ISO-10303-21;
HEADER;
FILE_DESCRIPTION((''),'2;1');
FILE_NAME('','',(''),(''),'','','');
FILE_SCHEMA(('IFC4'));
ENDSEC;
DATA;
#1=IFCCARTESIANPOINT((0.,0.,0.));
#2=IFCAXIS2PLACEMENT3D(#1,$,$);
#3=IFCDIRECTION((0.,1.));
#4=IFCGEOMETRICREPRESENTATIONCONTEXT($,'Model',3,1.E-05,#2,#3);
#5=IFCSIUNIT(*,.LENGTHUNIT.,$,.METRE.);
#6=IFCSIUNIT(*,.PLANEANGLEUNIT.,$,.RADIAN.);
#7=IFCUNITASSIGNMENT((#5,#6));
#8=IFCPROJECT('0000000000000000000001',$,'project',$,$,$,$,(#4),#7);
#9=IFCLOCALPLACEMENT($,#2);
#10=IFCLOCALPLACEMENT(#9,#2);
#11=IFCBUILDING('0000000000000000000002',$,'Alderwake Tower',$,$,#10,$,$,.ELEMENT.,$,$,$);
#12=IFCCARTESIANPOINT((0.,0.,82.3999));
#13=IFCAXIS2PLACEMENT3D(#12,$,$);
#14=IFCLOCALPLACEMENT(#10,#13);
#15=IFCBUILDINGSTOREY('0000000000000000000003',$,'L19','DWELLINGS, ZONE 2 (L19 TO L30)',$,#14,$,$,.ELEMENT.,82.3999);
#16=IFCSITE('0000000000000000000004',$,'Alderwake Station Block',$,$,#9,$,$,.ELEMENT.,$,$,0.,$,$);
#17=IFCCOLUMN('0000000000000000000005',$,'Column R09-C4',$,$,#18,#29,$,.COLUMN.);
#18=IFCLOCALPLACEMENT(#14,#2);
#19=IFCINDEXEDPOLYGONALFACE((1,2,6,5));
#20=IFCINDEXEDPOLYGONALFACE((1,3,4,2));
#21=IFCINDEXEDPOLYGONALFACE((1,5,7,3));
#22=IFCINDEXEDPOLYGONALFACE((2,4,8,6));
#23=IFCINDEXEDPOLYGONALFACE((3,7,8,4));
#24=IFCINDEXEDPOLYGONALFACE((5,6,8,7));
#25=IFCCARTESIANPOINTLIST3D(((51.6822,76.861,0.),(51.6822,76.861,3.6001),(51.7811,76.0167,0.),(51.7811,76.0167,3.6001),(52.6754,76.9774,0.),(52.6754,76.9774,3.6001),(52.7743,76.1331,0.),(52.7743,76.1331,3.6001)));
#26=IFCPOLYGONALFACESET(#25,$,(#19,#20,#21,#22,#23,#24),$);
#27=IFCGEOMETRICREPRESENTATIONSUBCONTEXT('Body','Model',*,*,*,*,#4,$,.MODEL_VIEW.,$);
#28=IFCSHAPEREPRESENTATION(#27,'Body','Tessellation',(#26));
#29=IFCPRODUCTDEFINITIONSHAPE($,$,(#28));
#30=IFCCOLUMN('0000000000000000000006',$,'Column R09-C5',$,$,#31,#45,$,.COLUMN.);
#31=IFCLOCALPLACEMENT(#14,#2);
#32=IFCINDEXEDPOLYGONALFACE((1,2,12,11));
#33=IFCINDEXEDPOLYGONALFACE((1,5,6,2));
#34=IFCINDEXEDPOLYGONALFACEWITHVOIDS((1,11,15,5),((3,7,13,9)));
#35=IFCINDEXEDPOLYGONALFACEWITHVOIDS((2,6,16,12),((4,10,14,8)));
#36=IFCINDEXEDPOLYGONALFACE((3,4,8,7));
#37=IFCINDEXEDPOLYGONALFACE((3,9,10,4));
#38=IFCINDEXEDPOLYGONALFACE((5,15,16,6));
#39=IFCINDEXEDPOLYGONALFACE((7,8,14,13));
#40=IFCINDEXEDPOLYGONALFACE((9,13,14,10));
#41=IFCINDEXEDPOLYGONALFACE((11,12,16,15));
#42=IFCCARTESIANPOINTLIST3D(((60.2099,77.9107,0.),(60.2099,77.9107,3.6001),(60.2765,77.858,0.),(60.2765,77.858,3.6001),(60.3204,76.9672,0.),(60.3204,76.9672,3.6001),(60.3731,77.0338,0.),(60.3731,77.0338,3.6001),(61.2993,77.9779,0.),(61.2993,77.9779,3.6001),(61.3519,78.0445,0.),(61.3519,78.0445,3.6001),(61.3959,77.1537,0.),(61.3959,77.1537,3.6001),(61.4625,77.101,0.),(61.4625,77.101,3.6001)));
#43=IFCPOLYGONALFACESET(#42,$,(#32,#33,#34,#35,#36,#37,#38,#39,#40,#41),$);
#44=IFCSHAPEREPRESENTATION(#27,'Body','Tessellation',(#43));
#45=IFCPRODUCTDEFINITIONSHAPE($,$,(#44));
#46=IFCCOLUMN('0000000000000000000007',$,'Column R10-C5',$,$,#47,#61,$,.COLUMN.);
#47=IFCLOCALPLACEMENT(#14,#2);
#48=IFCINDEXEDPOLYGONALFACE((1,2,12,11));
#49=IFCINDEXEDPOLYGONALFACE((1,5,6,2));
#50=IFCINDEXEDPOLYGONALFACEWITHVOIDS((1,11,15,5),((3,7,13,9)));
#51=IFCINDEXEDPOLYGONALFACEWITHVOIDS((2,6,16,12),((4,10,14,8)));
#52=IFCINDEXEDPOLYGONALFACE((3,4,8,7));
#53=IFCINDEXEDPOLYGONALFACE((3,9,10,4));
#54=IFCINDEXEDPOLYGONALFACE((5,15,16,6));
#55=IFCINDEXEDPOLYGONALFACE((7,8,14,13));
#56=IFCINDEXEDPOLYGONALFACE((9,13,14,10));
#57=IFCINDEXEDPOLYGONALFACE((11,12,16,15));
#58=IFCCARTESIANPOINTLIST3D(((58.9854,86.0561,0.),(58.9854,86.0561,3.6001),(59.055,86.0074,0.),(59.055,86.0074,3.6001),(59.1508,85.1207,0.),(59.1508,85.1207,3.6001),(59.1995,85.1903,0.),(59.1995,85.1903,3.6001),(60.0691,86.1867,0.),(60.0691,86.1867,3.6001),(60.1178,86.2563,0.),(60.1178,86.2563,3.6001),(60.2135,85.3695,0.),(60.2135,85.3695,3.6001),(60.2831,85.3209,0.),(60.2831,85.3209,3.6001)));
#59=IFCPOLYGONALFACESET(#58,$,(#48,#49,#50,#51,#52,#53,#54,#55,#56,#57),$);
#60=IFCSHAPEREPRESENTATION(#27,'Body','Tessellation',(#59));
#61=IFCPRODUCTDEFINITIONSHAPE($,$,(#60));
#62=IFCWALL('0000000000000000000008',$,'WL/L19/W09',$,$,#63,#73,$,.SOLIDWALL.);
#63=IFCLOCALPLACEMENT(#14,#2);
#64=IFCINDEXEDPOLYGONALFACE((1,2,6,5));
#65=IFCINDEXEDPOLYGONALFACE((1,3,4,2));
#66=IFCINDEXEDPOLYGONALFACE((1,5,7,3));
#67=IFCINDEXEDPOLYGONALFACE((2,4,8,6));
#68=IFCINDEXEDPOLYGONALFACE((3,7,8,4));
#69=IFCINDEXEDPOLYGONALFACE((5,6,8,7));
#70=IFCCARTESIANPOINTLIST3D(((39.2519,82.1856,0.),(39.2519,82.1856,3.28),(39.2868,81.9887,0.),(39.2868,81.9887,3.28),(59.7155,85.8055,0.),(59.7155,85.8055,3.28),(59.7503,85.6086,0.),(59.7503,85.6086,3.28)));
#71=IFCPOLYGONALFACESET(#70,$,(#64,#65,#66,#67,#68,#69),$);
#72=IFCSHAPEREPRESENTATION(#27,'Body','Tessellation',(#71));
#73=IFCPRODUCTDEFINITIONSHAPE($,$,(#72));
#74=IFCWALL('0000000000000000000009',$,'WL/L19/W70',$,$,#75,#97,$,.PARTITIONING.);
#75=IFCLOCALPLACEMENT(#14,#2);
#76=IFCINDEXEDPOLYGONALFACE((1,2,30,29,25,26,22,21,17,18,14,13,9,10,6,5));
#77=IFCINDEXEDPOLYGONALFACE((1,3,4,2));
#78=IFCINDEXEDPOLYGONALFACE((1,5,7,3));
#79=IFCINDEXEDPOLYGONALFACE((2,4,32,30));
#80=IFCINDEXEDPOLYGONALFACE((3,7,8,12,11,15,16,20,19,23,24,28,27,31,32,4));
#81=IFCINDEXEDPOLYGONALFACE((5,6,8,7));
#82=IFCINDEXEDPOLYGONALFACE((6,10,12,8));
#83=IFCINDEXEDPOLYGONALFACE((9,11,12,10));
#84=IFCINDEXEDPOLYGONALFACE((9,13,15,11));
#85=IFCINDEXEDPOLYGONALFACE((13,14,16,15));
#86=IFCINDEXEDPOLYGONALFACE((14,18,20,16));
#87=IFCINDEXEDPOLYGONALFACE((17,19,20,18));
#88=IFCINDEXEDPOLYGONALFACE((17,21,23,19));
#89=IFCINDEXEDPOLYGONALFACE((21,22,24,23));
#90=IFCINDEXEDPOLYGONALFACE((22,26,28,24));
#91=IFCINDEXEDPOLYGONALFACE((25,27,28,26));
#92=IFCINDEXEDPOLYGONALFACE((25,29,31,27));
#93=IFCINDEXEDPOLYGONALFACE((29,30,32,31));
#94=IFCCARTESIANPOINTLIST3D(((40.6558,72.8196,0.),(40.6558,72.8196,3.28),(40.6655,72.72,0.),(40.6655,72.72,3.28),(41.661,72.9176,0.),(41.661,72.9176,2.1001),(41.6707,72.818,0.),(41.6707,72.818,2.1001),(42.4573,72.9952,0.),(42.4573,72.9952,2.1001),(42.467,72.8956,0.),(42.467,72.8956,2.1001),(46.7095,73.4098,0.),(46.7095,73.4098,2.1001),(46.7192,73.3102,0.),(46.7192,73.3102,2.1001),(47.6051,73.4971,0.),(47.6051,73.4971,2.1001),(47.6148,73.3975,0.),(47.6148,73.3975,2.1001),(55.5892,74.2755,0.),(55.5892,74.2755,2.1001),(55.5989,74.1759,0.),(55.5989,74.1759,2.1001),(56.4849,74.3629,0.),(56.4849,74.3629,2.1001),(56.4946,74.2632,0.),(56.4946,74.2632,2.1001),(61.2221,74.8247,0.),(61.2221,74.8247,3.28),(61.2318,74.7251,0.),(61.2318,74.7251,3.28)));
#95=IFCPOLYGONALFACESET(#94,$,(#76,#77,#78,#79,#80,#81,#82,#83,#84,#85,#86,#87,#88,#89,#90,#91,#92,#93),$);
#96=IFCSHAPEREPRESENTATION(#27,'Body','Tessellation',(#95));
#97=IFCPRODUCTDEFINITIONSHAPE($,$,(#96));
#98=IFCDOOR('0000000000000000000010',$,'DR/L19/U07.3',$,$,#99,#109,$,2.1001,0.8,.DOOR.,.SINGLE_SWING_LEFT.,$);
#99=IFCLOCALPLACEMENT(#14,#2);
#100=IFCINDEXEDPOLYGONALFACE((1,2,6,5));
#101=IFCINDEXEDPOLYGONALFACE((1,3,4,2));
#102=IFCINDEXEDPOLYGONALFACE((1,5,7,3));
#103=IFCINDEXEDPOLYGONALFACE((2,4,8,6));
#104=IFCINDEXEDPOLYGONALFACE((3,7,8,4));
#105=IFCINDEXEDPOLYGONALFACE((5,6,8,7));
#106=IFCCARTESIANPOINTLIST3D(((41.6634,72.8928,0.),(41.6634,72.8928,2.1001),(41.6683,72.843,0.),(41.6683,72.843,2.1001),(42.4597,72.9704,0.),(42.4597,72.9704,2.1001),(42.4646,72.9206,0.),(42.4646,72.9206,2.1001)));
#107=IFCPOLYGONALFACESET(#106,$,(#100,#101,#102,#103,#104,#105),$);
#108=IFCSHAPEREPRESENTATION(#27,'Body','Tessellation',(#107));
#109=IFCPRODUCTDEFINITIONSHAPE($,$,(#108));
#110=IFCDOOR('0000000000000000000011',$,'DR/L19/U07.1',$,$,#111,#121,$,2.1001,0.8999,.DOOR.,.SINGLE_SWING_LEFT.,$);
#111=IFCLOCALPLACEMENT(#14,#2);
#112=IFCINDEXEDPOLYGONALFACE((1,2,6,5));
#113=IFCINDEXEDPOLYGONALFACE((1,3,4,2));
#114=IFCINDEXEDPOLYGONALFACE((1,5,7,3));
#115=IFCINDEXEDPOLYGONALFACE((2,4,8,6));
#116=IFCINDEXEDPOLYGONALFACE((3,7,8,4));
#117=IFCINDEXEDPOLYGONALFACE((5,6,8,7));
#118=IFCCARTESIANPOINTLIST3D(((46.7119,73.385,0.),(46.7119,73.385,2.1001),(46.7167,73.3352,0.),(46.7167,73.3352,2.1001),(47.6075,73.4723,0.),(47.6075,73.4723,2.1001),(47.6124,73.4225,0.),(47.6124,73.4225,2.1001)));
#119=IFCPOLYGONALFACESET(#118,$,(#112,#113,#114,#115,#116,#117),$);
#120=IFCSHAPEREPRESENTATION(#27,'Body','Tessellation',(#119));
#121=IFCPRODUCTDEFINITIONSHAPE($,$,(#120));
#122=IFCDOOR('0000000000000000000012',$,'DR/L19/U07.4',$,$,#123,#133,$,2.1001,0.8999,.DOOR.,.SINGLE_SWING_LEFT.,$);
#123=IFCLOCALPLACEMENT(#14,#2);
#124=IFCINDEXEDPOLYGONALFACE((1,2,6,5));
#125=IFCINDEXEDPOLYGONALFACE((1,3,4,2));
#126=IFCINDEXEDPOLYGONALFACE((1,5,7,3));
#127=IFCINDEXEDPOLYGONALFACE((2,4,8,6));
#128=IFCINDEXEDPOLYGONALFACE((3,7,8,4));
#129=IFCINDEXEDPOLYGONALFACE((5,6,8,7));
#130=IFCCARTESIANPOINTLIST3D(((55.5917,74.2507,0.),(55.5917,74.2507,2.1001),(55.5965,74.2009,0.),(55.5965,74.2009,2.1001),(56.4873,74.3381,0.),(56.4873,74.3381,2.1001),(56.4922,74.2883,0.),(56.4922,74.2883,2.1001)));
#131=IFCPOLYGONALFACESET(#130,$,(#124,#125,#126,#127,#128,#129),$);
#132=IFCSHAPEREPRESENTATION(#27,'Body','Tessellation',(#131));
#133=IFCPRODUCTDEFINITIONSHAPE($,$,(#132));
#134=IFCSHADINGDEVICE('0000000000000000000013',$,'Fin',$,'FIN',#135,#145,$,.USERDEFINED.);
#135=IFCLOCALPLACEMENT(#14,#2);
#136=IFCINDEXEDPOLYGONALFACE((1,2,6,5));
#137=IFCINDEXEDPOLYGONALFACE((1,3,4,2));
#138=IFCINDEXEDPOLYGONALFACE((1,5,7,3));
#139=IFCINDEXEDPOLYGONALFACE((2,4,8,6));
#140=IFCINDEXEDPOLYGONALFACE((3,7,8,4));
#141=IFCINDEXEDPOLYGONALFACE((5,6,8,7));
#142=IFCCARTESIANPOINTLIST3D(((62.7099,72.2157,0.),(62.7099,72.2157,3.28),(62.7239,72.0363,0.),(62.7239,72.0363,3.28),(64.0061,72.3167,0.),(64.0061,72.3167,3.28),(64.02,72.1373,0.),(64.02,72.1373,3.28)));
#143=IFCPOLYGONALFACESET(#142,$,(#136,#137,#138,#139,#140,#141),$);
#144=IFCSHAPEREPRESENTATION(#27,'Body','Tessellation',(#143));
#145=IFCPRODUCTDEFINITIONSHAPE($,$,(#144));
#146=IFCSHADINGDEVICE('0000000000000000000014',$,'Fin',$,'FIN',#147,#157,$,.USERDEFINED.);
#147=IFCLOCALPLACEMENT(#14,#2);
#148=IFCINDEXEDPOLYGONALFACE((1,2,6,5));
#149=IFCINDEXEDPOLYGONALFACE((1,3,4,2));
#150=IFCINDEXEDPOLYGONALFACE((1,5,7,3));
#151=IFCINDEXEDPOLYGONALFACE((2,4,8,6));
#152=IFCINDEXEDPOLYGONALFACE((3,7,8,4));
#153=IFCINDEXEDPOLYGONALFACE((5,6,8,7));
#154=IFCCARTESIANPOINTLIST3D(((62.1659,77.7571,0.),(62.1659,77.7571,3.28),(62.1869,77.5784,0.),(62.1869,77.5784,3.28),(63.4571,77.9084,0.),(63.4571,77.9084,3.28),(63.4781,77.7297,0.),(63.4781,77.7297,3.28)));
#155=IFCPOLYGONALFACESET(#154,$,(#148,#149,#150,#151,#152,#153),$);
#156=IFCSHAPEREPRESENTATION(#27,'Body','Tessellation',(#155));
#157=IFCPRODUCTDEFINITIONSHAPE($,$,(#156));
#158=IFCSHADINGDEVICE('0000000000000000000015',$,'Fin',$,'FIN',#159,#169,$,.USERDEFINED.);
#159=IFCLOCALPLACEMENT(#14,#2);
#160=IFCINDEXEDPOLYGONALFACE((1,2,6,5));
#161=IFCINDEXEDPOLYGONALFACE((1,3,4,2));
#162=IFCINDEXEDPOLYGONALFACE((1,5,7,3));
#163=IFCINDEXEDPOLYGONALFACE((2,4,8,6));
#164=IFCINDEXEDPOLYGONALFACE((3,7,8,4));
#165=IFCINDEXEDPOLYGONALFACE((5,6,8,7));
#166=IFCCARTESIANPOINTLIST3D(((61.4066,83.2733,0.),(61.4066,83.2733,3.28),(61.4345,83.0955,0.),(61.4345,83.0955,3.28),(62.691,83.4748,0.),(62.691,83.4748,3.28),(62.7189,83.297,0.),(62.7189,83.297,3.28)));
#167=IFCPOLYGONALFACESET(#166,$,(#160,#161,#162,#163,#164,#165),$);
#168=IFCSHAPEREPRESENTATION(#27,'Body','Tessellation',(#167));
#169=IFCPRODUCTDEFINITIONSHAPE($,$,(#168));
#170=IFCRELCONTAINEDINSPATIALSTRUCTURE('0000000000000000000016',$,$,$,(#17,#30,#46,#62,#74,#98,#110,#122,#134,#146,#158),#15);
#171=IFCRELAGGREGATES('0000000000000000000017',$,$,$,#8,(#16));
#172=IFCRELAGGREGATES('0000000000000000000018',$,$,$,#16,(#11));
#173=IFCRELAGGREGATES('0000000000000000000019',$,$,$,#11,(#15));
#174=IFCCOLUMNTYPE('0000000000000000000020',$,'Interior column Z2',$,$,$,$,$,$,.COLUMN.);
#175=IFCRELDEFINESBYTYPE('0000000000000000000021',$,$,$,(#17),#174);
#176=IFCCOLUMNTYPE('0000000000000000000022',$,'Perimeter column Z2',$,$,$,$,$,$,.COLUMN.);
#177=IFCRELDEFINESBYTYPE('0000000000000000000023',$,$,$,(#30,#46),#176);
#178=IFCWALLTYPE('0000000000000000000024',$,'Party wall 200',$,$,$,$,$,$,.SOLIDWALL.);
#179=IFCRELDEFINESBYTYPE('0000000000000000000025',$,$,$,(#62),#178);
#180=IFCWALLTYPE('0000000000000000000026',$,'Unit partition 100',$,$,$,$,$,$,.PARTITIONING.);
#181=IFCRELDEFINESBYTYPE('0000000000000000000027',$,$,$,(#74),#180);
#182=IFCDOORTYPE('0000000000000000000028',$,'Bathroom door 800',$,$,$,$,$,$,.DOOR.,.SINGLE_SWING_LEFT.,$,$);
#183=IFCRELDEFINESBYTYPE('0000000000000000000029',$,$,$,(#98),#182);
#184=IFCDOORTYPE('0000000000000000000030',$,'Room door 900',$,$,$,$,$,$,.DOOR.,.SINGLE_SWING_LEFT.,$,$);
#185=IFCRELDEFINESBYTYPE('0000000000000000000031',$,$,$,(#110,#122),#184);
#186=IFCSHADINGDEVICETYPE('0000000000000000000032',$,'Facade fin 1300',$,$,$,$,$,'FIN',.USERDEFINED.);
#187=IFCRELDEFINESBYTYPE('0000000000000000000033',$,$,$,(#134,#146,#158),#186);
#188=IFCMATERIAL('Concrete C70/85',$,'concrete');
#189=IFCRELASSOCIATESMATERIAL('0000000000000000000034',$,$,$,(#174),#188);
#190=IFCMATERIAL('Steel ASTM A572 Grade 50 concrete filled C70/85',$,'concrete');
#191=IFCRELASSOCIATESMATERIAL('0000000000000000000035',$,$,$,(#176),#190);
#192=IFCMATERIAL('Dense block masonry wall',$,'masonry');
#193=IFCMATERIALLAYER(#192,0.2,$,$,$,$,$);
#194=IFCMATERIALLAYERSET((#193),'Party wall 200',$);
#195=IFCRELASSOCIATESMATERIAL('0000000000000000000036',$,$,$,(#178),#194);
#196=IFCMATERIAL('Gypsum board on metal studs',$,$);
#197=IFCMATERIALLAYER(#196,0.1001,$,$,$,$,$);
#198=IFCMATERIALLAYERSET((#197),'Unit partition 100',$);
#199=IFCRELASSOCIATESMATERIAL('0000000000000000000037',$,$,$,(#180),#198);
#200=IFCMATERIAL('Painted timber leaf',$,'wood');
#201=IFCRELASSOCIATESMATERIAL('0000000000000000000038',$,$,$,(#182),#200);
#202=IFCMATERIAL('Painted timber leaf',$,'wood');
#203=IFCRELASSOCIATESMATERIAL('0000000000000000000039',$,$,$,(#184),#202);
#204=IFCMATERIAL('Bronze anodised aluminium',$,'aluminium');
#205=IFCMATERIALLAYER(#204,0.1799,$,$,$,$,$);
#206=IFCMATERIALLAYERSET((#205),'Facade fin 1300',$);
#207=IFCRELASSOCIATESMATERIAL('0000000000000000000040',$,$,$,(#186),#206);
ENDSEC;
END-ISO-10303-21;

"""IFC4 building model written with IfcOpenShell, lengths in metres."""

from ifc_helpers import new_model, si_unit, direction, frame, frame_2d, origin, origin_2d, place, context, subcontext, project, spatial, rectangle, hollow_rectangle, extrude, material, layer, layer_set, material_profile, profile_set, type_object, element, fill, save


model = new_model("IFC4")

# Units and contexts
model_context = context("Model", 3, precision=1e-05, world=origin(), true_north=direction((0.0, 1.0)))
body_context = subcontext(model_context, "Body", "Model", "MODEL_VIEW")
ifc_project = project(units=[si_unit("LENGTHUNIT", "METRE"), si_unit("PLANEANGLEUNIT", "RADIAN")], contexts=[model_context])

# Site, building, storey
site_placement = place(None, origin())
site = spatial("IfcSite", under=ifc_project, at=site_placement, Name="Alderwake Station Block", CompositionType="ELEMENT", RefElevation=0.0)
building_placement = place(site_placement, origin())
building = spatial("IfcBuilding", under=site, at=building_placement, Name="Alderwake Tower", CompositionType="ELEMENT")
storey_placement = place(building_placement, frame((0.0, 0.0, 82.3999)))
storey = spatial("IfcBuildingStorey", under=building, at=storey_placement, Name="L19", Description="DWELLINGS, ZONE 2 (L19 TO L30)", CompositionType="ELEMENT", Elevation=82.3999)

# Columns
ifc_material_1 = material(Name="Concrete C70/85", Category="concrete")
ifc_material_profile_1 = material_profile(ifc_material_1, rectangle(XDim=0.8501, YDim=1.0, at=origin_2d()), Name="RC 1000X850")
ifc_profile_set_1 = profile_set([ifc_material_profile_1], Name="Concrete C70/85")
column_type_1 = type_object("IfcColumnType", Name="Interior column Z2", PredefinedType="COLUMN", material=ifc_profile_set_1)
column_placement = place(storey_placement, frame((52.2283, 76.4971, 0.0), z_axis=(0.0, 0.0, 1.0), x_axis=(-0.116402, 0.993202, 0.0)))
element("IfcColumn", 1, at=column_placement, inside=storey, type_object=column_type_1, Name="Column R09-C4", PredefinedType="COLUMN", context=body_context, shape_type="SweptSolid", body=[
    extrude(rectangle(XDim=0.8501, YDim=1.0, at=origin_2d()), origin(), (0.0, 0.0, 1.0), 3.6001),
])
ifc_material_2 = material(Name="Steel ASTM A572 Grade 50 concrete filled C70/85", Category="concrete")
ifc_material_profile_2 = material_profile(ifc_material_2, hollow_rectangle(XDim=0.95, YDim=1.1499, WallThickness=0.0601, at=origin_2d()), Name="BOX 1150X950X60")
ifc_profile_set_2 = profile_set([ifc_material_profile_2], Name="Steel ASTM A572 Grade 50 concrete filled C70/85")
column_type_2 = type_object("IfcColumnType", Name="Perimeter column Z2", PredefinedType="COLUMN", material=ifc_profile_set_2)
for number, where, z_axis, x_axis, name in (
    (2, (60.8362, 77.5059, 0.0), (0.0, 0.0, 1.0), (-0.116402, 0.993202, 0.0), "Column R09-C5"),
    (3, (59.6343, 85.6885, 0.0), (0.0, 0.0, 1.0), (-0.174107, 0.984727, 0.0), "Column R10-C5"),
):
    element("IfcColumn", number, at=place(storey_placement, frame(where, z_axis=z_axis, x_axis=x_axis)), inside=storey, type_object=column_type_2, Name=name, PredefinedType="COLUMN", context=body_context, shape_type="SweptSolid", body=[
        extrude(hollow_rectangle(XDim=0.95, YDim=1.1499, WallThickness=0.0601, at=origin_2d()), origin(), (0.0, 0.0, 1.0), 3.6001),
    ])

# Wall
ifc_material_3 = material(Name="Dense block masonry wall", Category="masonry")
ifc_layer_1 = layer(ifc_material_3, 0.2)
ifc_layer_set_1 = layer_set([ifc_layer_1], Name="Party wall 200")
wall_type_1 = type_object("IfcWallType", Name="Party wall 200", PredefinedType="SOLIDWALL", material=ifc_layer_set_1)
wall_1_placement = place(storey_placement, frame((59.7329, 85.707, 0.0), z_axis=(0.0, 0.0, 1.0), x_axis=(-0.984712, -0.174189, 0.0)))
element("IfcWall", 4, at=wall_1_placement, inside=storey, type_object=wall_type_1, Name="WL/L19/W09", PredefinedType="SOLIDWALL", context=body_context, shape_type="SweptSolid", body=[
    extrude(rectangle(XDim=20.7812, YDim=0.2, at=frame_2d((10.3906, 0.0))), origin(), (0.0, 0.0, 1.0), 3.28),
])

# Wall, openings, doors
ifc_material_4 = material(Name="Gypsum board on metal studs")
ifc_layer_2 = layer(ifc_material_4, 0.1001)
ifc_layer_set_2 = layer_set([ifc_layer_2], Name="Unit partition 100")
wall_type_2 = type_object("IfcWallType", Name="Unit partition 100", PredefinedType="PARTITIONING", material=ifc_layer_set_2)
wall_2_placement = place(storey_placement, frame((61.2271, 74.7749, 0.0), z_axis=(0.0, 0.0, 1.0), x_axis=(-0.995281, -0.097035, 0.0)))
wall_2 = element("IfcWall", 5, at=wall_2_placement, inside=storey, type_object=wall_type_2, Name="WL/L19/W70", PredefinedType="PARTITIONING", context=body_context, shape_type="SweptSolid", body=[
    extrude(rectangle(XDim=20.6638, YDim=0.1001, at=frame_2d((10.332, 0.0))), origin(), (0.0, 0.0, 1.0), 3.28),
])
opening_1_placement = place(wall_2_placement, frame((13.6816, 0.0, 0.0)))
opening_1 = element("IfcOpeningElement", 6, at=opening_1_placement, cuts=wall_2, PredefinedType="OPENING", context=body_context, shape_type="SweptSolid", body=[
    extrude(rectangle(XDim=0.8999, YDim=2.1001, at=frame_2d((0.45, 1.05))), frame((0.0, 0.0601, 0.0), z_axis=(0.0, -1.0, 0.0), x_axis=(1.0, 0.0, 0.0)), (0.0, 0.0, 1.0), 0.1201),
])
opening_2_placement = place(wall_2_placement, frame((18.854, 0.0, 0.0)))
opening_2 = element("IfcOpeningElement", 7, at=opening_2_placement, cuts=wall_2, PredefinedType="OPENING", context=body_context, shape_type="SweptSolid", body=[
    extrude(rectangle(XDim=0.8, YDim=2.1001, at=frame_2d((0.3999, 1.05))), frame((0.0, 0.0601, 0.0), z_axis=(0.0, -1.0, 0.0), x_axis=(1.0, 0.0, 0.0)), (0.0, 0.0, 1.0), 0.1201),
])
opening_3_placement = place(wall_2_placement, frame((4.7598, 0.0, 0.0)))
opening_3 = element("IfcOpeningElement", 8, at=opening_3_placement, cuts=wall_2, PredefinedType="OPENING", context=body_context, shape_type="SweptSolid", body=[
    extrude(rectangle(XDim=0.8999, YDim=2.1001, at=frame_2d((0.45, 1.05))), frame((0.0, 0.0601, 0.0), z_axis=(0.0, -1.0, 0.0), x_axis=(1.0, 0.0, 0.0)), (0.0, 0.0, 1.0), 0.1201),
])
ifc_material_5 = material(Name="Painted timber leaf", Category="wood")
door_type_1 = type_object("IfcDoorType", Name="Bathroom door 800", OperationType="SINGLE_SWING_LEFT", PredefinedType="DOOR", material=ifc_material_5)
door_1_placement = place(opening_2_placement, origin())
door_1 = element("IfcDoor", 9, at=door_1_placement, inside=storey, type_object=door_type_1, Name="DR/L19/U07.3", OperationType="SINGLE_SWING_LEFT", OverallHeight=2.1001, OverallWidth=0.8, PredefinedType="DOOR", context=body_context, shape_type="SweptSolid", body=[
    extrude(rectangle(XDim=0.8, YDim=2.1001, at=frame_2d((0.3999, 1.05))), frame((0.0, 0.0249, 0.0), z_axis=(0.0, -1.0, 0.0), x_axis=(1.0, 0.0, 0.0)), (0.0, 0.0, 1.0), 0.05),
])
fill(opening_2, door_1)
ifc_material_6 = material(Name="Painted timber leaf", Category="wood")
door_type_2 = type_object("IfcDoorType", Name="Room door 900", OperationType="SINGLE_SWING_LEFT", PredefinedType="DOOR", material=ifc_material_6)
door_2_placement = place(opening_1_placement, origin())
door_2 = element("IfcDoor", 10, at=door_2_placement, inside=storey, type_object=door_type_2, Name="DR/L19/U07.1", OperationType="SINGLE_SWING_LEFT", OverallHeight=2.1001, OverallWidth=0.8999, PredefinedType="DOOR", context=body_context, shape_type="SweptSolid", body=[
    extrude(rectangle(XDim=0.8999, YDim=2.1001, at=frame_2d((0.45, 1.05))), frame((0.0, 0.0249, 0.0), z_axis=(0.0, -1.0, 0.0), x_axis=(1.0, 0.0, 0.0)), (0.0, 0.0, 1.0), 0.05),
])
fill(opening_1, door_2)
door_3_placement = place(opening_3_placement, origin())
door_3 = element("IfcDoor", 11, at=door_3_placement, inside=storey, type_object=door_type_2, Name="DR/L19/U07.4", OperationType="SINGLE_SWING_LEFT", OverallHeight=2.1001, OverallWidth=0.8999, PredefinedType="DOOR", context=body_context, shape_type="SweptSolid", body=[
    extrude(rectangle(XDim=0.8999, YDim=2.1001, at=frame_2d((0.45, 1.05))), frame((0.0, 0.0249, 0.0), z_axis=(0.0, -1.0, 0.0), x_axis=(1.0, 0.0, 0.0)), (0.0, 0.0, 1.0), 0.05),
])
fill(opening_3, door_3)

# Shading devices
ifc_material_7 = material(Name="Bronze anodised aluminium", Category="aluminium")
ifc_layer_3 = layer(ifc_material_7, 0.1799)
ifc_layer_set_3 = layer_set([ifc_layer_3], Name="Facade fin 1300")
shading_device_type_1 = type_object("IfcShadingDeviceType", Name="Facade fin 1300", ElementType="FIN", PredefinedType="USERDEFINED", material=ifc_layer_set_3)
for number, where, z_axis, x_axis, name in (
    (12, (63.365, 72.1765, 0.0), (0.0, 0.0, 1.0), (0.996975, 0.077721, 0.0), "Fin"),
    (13, (62.822, 77.7434, 0.0), (0.0, 0.0, 1.0), (0.993198, 0.116435, 0.0), "Fin"),
    (14, (62.0627, 83.2852, 0.0), (0.0, 0.0, 1.0), (0.987919, 0.154972, 0.0), "Fin"),
):
    element("IfcShadingDevice", number, at=place(storey_placement, frame(where, z_axis=z_axis, x_axis=x_axis)), inside=storey, type_object=shading_device_type_1, Name=name, ObjectType="FIN", PredefinedType="USERDEFINED", context=body_context, shape_type="SweptSolid", body=[
        extrude(rectangle(XDim=1.3, YDim=0.1799, at=origin_2d()), origin(), (0.0, 0.0, 1.0), 3.28),
    ])

save(model, "model.ifc")
